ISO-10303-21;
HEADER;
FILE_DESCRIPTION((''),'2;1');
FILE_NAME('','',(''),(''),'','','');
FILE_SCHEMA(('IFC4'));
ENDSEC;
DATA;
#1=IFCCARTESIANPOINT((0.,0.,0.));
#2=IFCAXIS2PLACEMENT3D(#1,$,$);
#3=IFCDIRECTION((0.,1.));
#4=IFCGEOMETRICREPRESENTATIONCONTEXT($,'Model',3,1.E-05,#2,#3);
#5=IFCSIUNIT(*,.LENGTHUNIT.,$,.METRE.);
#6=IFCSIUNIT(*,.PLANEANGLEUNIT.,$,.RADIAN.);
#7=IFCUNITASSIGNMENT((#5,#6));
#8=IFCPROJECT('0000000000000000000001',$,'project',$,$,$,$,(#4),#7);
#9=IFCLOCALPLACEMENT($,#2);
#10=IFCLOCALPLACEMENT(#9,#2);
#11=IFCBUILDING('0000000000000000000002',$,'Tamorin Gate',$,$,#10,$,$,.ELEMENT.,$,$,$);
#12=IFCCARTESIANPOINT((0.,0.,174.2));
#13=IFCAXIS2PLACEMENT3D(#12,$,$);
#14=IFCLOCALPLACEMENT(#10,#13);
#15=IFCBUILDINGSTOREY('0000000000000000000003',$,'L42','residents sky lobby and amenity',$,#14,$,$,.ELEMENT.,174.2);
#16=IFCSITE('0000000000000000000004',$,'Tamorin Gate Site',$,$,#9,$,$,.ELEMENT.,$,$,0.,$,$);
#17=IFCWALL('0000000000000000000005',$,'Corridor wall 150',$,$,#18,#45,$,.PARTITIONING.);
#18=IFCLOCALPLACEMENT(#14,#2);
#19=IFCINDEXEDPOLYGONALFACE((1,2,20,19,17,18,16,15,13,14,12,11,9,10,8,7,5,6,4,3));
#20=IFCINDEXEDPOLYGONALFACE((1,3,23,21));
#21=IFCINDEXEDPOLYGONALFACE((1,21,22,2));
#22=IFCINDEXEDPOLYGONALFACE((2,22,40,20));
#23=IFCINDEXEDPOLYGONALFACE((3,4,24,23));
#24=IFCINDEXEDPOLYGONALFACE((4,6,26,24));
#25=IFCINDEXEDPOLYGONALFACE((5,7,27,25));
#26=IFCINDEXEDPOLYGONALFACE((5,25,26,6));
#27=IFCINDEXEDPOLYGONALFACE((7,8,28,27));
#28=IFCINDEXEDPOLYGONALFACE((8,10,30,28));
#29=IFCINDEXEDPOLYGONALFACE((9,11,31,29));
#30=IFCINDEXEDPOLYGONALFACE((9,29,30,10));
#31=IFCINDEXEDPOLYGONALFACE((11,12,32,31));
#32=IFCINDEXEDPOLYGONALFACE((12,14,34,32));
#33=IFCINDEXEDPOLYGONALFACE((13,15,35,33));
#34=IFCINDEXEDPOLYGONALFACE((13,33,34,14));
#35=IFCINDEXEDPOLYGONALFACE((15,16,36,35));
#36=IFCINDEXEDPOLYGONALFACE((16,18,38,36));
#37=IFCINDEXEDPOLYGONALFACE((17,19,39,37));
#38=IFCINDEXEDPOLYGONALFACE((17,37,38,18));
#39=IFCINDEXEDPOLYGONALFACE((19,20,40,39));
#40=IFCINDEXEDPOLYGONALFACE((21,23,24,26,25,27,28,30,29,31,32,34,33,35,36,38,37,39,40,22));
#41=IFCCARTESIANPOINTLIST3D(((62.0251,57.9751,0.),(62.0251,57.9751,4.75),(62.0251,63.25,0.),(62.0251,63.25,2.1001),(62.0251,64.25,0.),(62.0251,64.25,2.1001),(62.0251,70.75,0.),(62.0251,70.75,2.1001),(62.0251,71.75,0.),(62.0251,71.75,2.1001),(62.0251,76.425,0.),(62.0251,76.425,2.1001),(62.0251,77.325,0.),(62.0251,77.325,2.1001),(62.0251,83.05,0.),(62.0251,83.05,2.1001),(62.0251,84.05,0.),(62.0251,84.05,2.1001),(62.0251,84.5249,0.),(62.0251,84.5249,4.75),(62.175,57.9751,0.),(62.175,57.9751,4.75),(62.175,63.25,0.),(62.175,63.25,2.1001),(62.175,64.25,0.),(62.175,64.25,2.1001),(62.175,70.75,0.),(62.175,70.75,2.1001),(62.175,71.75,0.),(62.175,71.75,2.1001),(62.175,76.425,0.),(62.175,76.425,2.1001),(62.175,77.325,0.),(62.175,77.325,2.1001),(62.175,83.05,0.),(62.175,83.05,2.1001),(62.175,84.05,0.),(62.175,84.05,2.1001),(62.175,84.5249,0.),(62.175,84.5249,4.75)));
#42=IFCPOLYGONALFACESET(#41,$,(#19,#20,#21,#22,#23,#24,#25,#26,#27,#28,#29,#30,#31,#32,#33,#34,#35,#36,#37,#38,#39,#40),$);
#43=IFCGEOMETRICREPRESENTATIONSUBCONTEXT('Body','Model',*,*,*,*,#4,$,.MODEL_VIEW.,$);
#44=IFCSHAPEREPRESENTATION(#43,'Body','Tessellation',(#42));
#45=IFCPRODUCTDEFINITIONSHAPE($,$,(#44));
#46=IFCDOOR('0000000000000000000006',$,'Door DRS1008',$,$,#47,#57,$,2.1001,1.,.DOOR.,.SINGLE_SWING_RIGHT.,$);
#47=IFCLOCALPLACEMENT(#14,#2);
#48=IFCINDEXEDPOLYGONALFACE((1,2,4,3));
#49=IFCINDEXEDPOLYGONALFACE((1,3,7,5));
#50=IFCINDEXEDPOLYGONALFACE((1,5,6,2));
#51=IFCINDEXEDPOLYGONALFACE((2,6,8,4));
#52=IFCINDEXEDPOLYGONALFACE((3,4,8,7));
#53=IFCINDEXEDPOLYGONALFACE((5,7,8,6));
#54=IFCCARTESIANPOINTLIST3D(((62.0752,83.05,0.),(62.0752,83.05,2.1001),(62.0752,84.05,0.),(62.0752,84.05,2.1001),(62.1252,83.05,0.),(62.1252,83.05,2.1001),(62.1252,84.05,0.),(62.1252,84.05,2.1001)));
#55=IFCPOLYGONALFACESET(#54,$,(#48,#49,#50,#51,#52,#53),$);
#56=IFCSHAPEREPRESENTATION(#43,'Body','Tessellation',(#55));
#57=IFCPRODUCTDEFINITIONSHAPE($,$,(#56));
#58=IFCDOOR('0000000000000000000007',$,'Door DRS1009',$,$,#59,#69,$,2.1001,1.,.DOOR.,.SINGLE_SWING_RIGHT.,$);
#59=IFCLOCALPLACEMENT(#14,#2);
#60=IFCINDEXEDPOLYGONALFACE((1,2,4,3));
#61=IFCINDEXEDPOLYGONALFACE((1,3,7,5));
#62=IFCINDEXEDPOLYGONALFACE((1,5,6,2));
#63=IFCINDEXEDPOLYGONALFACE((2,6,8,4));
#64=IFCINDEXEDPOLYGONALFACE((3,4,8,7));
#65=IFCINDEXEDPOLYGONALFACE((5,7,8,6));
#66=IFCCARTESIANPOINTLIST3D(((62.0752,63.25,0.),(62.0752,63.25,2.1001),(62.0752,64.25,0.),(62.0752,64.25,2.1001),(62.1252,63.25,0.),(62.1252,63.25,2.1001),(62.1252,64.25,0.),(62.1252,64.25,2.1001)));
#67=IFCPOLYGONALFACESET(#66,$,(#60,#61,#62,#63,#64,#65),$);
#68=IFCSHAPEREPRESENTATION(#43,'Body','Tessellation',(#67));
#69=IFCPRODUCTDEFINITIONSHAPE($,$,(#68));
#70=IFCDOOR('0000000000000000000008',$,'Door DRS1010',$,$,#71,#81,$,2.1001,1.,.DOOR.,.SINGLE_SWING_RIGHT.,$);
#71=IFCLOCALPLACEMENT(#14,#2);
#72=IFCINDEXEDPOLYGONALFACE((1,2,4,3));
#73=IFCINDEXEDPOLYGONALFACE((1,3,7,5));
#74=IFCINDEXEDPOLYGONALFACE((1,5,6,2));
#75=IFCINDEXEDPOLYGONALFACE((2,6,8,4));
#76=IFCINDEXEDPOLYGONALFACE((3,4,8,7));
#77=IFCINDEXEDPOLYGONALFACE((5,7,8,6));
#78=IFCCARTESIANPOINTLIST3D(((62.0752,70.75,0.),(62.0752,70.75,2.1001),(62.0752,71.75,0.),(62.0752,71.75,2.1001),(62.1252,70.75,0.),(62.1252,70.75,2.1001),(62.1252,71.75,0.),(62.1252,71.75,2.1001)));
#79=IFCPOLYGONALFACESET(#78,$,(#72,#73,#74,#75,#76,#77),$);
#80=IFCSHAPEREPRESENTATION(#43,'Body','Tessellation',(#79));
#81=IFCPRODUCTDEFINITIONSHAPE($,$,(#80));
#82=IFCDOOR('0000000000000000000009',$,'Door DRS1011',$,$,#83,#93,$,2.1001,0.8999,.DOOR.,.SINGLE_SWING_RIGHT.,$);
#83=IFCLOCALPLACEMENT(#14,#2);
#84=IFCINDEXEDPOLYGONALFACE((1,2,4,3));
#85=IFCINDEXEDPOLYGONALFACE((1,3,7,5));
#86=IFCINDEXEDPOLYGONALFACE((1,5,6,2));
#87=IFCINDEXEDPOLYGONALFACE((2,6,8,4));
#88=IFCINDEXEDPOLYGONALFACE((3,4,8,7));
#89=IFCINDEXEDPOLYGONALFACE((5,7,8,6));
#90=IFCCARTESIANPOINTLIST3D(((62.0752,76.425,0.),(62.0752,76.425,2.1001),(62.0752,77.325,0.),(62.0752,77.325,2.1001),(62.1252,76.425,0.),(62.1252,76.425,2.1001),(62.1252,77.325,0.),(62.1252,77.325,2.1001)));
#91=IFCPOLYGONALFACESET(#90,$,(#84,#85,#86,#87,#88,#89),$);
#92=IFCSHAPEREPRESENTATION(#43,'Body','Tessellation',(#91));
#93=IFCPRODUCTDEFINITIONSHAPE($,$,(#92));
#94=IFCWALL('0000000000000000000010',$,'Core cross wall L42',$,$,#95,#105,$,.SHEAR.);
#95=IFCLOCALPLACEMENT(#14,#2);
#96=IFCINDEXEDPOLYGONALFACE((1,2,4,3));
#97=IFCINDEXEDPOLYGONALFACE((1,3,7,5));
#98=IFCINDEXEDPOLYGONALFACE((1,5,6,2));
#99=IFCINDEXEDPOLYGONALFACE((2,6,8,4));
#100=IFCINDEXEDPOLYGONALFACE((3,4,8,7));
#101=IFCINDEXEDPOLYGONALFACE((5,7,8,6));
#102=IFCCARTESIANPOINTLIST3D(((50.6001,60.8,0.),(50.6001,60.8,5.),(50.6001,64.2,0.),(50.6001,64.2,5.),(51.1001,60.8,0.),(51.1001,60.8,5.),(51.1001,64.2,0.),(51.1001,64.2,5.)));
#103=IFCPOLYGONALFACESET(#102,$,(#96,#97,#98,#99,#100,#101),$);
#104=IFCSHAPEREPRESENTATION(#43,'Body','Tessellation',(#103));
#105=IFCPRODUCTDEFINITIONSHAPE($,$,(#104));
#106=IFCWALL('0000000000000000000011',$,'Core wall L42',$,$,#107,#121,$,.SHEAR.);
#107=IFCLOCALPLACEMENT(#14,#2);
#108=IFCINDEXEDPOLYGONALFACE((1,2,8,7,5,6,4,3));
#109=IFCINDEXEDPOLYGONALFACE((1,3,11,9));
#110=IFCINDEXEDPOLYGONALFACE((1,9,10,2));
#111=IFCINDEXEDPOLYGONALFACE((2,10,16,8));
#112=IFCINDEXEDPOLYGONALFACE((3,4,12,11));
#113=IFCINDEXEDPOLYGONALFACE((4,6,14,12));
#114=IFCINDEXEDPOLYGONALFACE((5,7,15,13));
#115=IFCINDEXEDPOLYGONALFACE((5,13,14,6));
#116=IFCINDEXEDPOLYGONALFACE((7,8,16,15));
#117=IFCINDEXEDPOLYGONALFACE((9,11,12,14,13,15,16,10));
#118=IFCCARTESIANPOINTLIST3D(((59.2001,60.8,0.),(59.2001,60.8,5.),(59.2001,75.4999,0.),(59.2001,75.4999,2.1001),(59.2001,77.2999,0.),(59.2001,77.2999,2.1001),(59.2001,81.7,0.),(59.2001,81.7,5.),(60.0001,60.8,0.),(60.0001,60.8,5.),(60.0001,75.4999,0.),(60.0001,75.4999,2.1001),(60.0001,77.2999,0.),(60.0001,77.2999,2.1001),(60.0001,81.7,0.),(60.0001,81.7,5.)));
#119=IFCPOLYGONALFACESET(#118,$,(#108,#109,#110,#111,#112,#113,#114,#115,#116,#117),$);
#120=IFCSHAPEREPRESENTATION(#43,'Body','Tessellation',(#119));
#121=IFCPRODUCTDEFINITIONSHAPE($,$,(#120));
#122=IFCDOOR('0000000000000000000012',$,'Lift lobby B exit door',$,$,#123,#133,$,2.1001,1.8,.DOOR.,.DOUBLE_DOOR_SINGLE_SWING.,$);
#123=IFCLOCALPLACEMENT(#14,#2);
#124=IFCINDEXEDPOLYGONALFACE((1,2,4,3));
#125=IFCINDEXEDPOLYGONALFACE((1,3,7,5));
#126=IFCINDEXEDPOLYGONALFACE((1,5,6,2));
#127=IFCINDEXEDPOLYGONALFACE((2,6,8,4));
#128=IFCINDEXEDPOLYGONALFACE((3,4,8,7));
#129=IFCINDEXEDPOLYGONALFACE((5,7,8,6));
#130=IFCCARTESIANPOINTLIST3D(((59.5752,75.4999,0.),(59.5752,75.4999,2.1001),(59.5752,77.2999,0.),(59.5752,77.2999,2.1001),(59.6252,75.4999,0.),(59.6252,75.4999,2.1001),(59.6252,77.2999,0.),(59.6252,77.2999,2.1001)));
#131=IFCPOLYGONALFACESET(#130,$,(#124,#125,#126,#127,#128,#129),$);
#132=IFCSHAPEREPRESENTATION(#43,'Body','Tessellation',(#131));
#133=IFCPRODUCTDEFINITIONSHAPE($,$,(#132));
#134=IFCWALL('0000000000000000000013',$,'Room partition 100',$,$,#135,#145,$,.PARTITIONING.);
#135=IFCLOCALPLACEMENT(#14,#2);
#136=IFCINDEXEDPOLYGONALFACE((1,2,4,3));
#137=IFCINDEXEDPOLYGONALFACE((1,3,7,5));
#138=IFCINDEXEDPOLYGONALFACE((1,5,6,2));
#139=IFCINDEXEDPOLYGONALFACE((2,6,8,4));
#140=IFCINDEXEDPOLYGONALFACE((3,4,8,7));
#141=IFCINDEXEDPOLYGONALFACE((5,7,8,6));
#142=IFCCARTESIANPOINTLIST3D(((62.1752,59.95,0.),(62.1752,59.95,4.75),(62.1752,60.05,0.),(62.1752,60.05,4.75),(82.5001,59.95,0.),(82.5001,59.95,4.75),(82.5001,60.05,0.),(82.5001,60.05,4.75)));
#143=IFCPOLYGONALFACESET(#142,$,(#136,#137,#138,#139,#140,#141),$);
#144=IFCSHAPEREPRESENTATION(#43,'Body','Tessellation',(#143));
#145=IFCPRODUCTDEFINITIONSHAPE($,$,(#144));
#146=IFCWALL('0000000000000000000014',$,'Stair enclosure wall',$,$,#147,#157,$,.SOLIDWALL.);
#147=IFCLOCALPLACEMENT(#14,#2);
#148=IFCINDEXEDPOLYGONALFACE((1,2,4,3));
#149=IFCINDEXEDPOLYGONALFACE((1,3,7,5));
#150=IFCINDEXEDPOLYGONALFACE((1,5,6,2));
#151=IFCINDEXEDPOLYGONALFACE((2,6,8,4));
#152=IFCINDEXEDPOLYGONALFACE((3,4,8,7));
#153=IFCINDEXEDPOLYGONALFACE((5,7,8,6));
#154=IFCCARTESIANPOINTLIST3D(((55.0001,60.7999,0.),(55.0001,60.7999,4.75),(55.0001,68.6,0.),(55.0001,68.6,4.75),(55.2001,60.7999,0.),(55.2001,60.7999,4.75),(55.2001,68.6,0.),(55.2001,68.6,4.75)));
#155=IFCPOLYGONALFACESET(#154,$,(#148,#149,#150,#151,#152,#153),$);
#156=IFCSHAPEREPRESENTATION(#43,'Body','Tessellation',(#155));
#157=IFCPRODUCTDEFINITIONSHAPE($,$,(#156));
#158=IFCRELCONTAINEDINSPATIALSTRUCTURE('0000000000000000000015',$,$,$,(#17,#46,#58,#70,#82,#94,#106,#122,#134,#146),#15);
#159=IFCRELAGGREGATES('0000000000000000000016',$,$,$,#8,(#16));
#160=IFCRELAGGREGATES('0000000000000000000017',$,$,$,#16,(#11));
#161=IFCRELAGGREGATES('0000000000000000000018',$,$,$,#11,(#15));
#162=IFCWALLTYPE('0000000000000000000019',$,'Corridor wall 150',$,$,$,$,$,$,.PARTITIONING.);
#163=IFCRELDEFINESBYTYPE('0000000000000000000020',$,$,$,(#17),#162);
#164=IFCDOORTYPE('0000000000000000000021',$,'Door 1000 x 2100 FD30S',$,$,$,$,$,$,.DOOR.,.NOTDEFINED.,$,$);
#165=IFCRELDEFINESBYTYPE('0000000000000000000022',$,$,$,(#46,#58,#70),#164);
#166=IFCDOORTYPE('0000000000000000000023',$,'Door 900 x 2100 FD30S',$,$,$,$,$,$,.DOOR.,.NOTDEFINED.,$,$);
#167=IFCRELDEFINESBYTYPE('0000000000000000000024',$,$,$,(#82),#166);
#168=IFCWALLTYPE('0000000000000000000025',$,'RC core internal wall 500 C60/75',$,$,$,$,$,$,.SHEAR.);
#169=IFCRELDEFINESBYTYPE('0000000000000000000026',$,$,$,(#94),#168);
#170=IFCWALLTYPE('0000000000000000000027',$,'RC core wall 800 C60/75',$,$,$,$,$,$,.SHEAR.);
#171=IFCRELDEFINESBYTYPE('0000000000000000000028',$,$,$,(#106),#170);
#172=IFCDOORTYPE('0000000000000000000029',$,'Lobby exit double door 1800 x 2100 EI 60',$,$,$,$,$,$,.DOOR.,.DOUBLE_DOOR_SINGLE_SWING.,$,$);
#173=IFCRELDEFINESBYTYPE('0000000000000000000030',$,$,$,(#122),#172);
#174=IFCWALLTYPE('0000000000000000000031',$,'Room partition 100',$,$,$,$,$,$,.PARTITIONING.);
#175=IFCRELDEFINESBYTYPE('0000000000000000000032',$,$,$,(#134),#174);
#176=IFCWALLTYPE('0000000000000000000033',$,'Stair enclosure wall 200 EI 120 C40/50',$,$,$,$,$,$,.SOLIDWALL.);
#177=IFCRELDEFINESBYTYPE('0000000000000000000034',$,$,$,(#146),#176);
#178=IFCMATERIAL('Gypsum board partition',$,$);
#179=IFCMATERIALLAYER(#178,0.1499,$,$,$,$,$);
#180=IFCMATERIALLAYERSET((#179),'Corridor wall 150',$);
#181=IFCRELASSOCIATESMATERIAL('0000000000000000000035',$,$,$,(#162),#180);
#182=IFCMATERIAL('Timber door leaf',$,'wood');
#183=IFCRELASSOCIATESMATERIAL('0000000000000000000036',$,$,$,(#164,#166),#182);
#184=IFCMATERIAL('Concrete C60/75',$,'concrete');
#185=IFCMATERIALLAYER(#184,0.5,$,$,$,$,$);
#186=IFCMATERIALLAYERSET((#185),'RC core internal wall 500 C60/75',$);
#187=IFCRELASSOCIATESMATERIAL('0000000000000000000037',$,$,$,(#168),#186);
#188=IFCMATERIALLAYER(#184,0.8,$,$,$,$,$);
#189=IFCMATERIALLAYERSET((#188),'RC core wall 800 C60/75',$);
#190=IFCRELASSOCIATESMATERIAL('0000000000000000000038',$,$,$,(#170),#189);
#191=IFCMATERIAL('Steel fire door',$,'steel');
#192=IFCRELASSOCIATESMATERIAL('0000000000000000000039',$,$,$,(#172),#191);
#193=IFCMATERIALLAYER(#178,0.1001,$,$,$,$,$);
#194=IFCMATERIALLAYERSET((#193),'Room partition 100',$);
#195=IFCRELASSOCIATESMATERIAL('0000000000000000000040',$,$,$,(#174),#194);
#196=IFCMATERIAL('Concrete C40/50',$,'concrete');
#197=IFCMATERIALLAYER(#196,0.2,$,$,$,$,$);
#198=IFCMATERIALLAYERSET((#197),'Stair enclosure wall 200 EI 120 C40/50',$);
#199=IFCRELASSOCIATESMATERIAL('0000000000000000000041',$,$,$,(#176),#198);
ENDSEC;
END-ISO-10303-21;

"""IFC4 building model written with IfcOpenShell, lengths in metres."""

from ifc_helpers import new_model, si_unit, direction, frame, frame_2d, origin, place, context, subcontext, project, spatial, rectangle, extrude, material, layer, layer_set, type_object, element, fill, save


model = new_model("IFC4")

# Units and contexts
model_context = context("Model", 3, precision=1e-05, world=origin(), true_north=direction((0.0, 1.0)))
body_context = subcontext(model_context, "Body", "Model", "MODEL_VIEW")
ifc_project = project(units=[si_unit("LENGTHUNIT", "METRE"), si_unit("PLANEANGLEUNIT", "RADIAN")], contexts=[model_context])

# Site, building, storey
site_placement = place(None, origin())
site = spatial("IfcSite", under=ifc_project, at=site_placement, Name="Tamorin Gate Site", CompositionType="ELEMENT", RefElevation=0.0)
building_placement = place(site_placement, origin())
building = spatial("IfcBuilding", under=site, at=building_placement, Name="Tamorin Gate", CompositionType="ELEMENT")
storey_placement = place(building_placement, frame((0.0, 0.0, 174.2)))
storey = spatial("IfcBuildingStorey", under=building, at=storey_placement, Name="L42", Description="residents sky lobby and amenity", CompositionType="ELEMENT", Elevation=174.2)

# Shared definitions
ifc_material_1 = material(Name="Concrete C60/75", Category="concrete")

# Wall, openings, doors
ifc_material_2 = material(Name="Gypsum board partition")
ifc_layer_1 = layer(ifc_material_2, 0.1499)
ifc_layer_set_1 = layer_set([ifc_layer_1], Name="Corridor wall 150")
wall_type_1 = type_object("IfcWallType", Name="Corridor wall 150", PredefinedType="PARTITIONING", material=ifc_layer_set_1)
wall_1_placement = place(storey_placement, frame((62.1001, 57.9751, 0.0), z_axis=(0.0, 0.0, 1.0), x_axis=(0.0, 1.0, 0.0)))
wall_1 = element("IfcWall", 1, at=wall_1_placement, inside=storey, type_object=wall_type_1, Name="Corridor wall 150", PredefinedType="PARTITIONING", context=body_context, shape_type="SweptSolid", body=[
    extrude(rectangle(XDim=26.5498, YDim=0.1499, at=frame_2d((13.2749, 0.0))), origin(), (0.0, 0.0, 1.0), 4.75),
])
opening_1_placement = place(wall_1_placement, frame((25.075, 0.0, 0.0)))
opening_1 = element("IfcOpeningElement", 2, at=opening_1_placement, cuts=wall_1, PredefinedType="OPENING", context=body_context, shape_type="SweptSolid", body=[
    extrude(rectangle(XDim=1.0, YDim=2.1001, at=frame_2d((0.5, 1.05))), frame((0.0, 0.085, 0.0), z_axis=(0.0, -1.0, 0.0), x_axis=(1.0, 0.0, 0.0)), (0.0, 0.0, 1.0), 0.1699),
])
opening_2_placement = place(wall_1_placement, frame((5.2749, 0.0, 0.0)))
opening_2 = element("IfcOpeningElement", 3, at=opening_2_placement, cuts=wall_1, PredefinedType="OPENING", context=body_context, shape_type="SweptSolid", body=[
    extrude(rectangle(XDim=1.0, YDim=2.1001, at=frame_2d((0.5, 1.05))), frame((0.0, 0.085, 0.0), z_axis=(0.0, -1.0, 0.0), x_axis=(1.0, 0.0, 0.0)), (0.0, 0.0, 1.0), 0.1699),
])
opening_3_placement = place(wall_1_placement, frame((12.7749, 0.0, 0.0)))
opening_3 = element("IfcOpeningElement", 4, at=opening_3_placement, cuts=wall_1, PredefinedType="OPENING", context=body_context, shape_type="SweptSolid", body=[
    extrude(rectangle(XDim=1.0, YDim=2.1001, at=frame_2d((0.5, 1.05))), frame((0.0, 0.085, 0.0), z_axis=(0.0, -1.0, 0.0), x_axis=(1.0, 0.0, 0.0)), (0.0, 0.0, 1.0), 0.1699),
])
opening_4_placement = place(wall_1_placement, frame((18.45, 0.0, 0.0)))
opening_4 = element("IfcOpeningElement", 5, at=opening_4_placement, cuts=wall_1, PredefinedType="OPENING", context=body_context, shape_type="SweptSolid", body=[
    extrude(rectangle(XDim=0.8999, YDim=2.1001, at=frame_2d((0.45, 1.05))), frame((0.0, 0.085, 0.0), z_axis=(0.0, -1.0, 0.0), x_axis=(1.0, 0.0, 0.0)), (0.0, 0.0, 1.0), 0.1699),
])
ifc_material_3 = material(Name="Timber door leaf", Category="wood")
door_type_1 = type_object("IfcDoorType", Name="Door 1000 x 2100 FD30S", OperationType="NOTDEFINED", PredefinedType="DOOR", material=ifc_material_3)
door_1_placement = place(opening_1_placement, origin())
door_1 = element("IfcDoor", 6, at=door_1_placement, inside=storey, type_object=door_type_1, Name="Door DRS1008", OperationType="SINGLE_SWING_RIGHT", OverallHeight=2.1001, OverallWidth=1.0, PredefinedType="DOOR", context=body_context, shape_type="SweptSolid", body=[
    extrude(rectangle(XDim=1.0, YDim=2.1001, at=frame_2d((0.5, 1.05))), frame((0.0, 0.0249, 0.0), z_axis=(0.0, -1.0, 0.0), x_axis=(1.0, 0.0, 0.0)), (0.0, 0.0, 1.0), 0.05),
])
fill(opening_1, door_1)
door_2_placement = place(opening_2_placement, origin())
door_2 = element("IfcDoor", 7, at=door_2_placement, inside=storey, type_object=door_type_1, Name="Door DRS1009", OperationType="SINGLE_SWING_RIGHT", OverallHeight=2.1001, OverallWidth=1.0, PredefinedType="DOOR", context=body_context, shape_type="SweptSolid", body=[
    extrude(rectangle(XDim=1.0, YDim=2.1001, at=frame_2d((0.5, 1.05))), frame((0.0, 0.0249, 0.0), z_axis=(0.0, -1.0, 0.0), x_axis=(1.0, 0.0, 0.0)), (0.0, 0.0, 1.0), 0.05),
])
fill(opening_2, door_2)
door_3_placement = place(opening_3_placement, origin())
door_3 = element("IfcDoor", 8, at=door_3_placement, inside=storey, type_object=door_type_1, Name="Door DRS1010", OperationType="SINGLE_SWING_RIGHT", OverallHeight=2.1001, OverallWidth=1.0, PredefinedType="DOOR", context=body_context, shape_type="SweptSolid", body=[
    extrude(rectangle(XDim=1.0, YDim=2.1001, at=frame_2d((0.5, 1.05))), frame((0.0, 0.0249, 0.0), z_axis=(0.0, -1.0, 0.0), x_axis=(1.0, 0.0, 0.0)), (0.0, 0.0, 1.0), 0.05),
])
fill(opening_3, door_3)
door_type_2 = type_object("IfcDoorType", Name="Door 900 x 2100 FD30S", OperationType="NOTDEFINED", PredefinedType="DOOR", material=ifc_material_3)
door_4_placement = place(opening_4_placement, origin())
door_4 = element("IfcDoor", 9, at=door_4_placement, inside=storey, type_object=door_type_2, Name="Door DRS1011", OperationType="SINGLE_SWING_RIGHT", OverallHeight=2.1001, OverallWidth=0.8999, PredefinedType="DOOR", context=body_context, shape_type="SweptSolid", body=[
    extrude(rectangle(XDim=0.8999, YDim=2.1001, at=frame_2d((0.45, 1.05))), frame((0.0, 0.0249, 0.0), z_axis=(0.0, -1.0, 0.0), x_axis=(1.0, 0.0, 0.0)), (0.0, 0.0, 1.0), 0.05),
])
fill(opening_4, door_4)

# Wall
ifc_layer_2 = layer(ifc_material_1, 0.5)
ifc_layer_set_2 = layer_set([ifc_layer_2], Name="RC core internal wall 500 C60/75")
wall_type_2 = type_object("IfcWallType", Name="RC core internal wall 500 C60/75", PredefinedType="SHEAR", material=ifc_layer_set_2)
wall_2_placement = place(storey_placement, frame((50.8501, 60.8, 0.0), z_axis=(0.0, 0.0, 1.0), x_axis=(0.0, 1.0, 0.0)))
element("IfcWall", 10, at=wall_2_placement, inside=storey, type_object=wall_type_2, Name="Core cross wall L42", PredefinedType="SHEAR", context=body_context, shape_type="SweptSolid", body=[
    extrude(rectangle(XDim=3.3999, YDim=0.5, at=frame_2d((1.7, 0.0))), origin(), (0.0, 0.0, 1.0), 5.0),
])

# Wall, opening, door
ifc_layer_3 = layer(ifc_material_1, 0.8)
ifc_layer_set_3 = layer_set([ifc_layer_3], Name="RC core wall 800 C60/75")
wall_type_3 = type_object("IfcWallType", Name="RC core wall 800 C60/75", PredefinedType="SHEAR", material=ifc_layer_set_3)
wall_3_placement = place(storey_placement, frame((59.6001, 60.8, 0.0), z_axis=(0.0, 0.0, 1.0), x_axis=(0.0, 1.0, 0.0)))
wall_3 = element("IfcWall", 11, at=wall_3_placement, inside=storey, type_object=wall_type_3, Name="Core wall L42", PredefinedType="SHEAR", context=body_context, shape_type="SweptSolid", body=[
    extrude(rectangle(XDim=20.8999, YDim=0.8, at=frame_2d((10.45, 0.0))), origin(), (0.0, 0.0, 1.0), 5.0),
])
opening_5_placement = place(wall_3_placement, frame((14.7, 0.0, 0.0)))
opening_5 = element("IfcOpeningElement", 12, at=opening_5_placement, cuts=wall_3, PredefinedType="OPENING", context=body_context, shape_type="SweptSolid", body=[
    extrude(rectangle(XDim=1.8, YDim=2.1001, at=frame_2d((0.8999, 1.05))), frame((0.0, 0.4099, 0.0), z_axis=(0.0, -1.0, 0.0), x_axis=(1.0, 0.0, 0.0)), (0.0, 0.0, 1.0), 0.8201),
])
ifc_material_4 = material(Name="Steel fire door", Category="steel")
door_type_3 = type_object("IfcDoorType", Name="Lobby exit double door 1800 x 2100 EI 60", OperationType="DOUBLE_DOOR_SINGLE_SWING", PredefinedType="DOOR", material=ifc_material_4)
door_5_placement = place(opening_5_placement, origin())
door_5 = element("IfcDoor", 13, at=door_5_placement, inside=storey, type_object=door_type_3, Name="Lift lobby B exit door", OperationType="DOUBLE_DOOR_SINGLE_SWING", OverallHeight=2.1001, OverallWidth=1.8, PredefinedType="DOOR", context=body_context, shape_type="SweptSolid", body=[
    extrude(rectangle(XDim=1.8, YDim=2.1001, at=frame_2d((0.8999, 1.05))), frame((0.0, 0.0249, 0.0), z_axis=(0.0, -1.0, 0.0), x_axis=(1.0, 0.0, 0.0)), (0.0, 0.0, 1.0), 0.05),
])
fill(opening_5, door_5)

# Walls
ifc_layer_4 = layer(ifc_material_2, 0.1001)
ifc_layer_set_4 = layer_set([ifc_layer_4], Name="Room partition 100")
wall_type_4 = type_object("IfcWallType", Name="Room partition 100", PredefinedType="PARTITIONING", material=ifc_layer_set_4)
wall_4_placement = place(storey_placement, frame((62.175, 60.0, 0.0), z_axis=(0.0, 0.0, 1.0), x_axis=(1.0, 0.0, 0.0)))
element("IfcWall", 14, at=wall_4_placement, inside=storey, type_object=wall_type_4, Name="Room partition 100", PredefinedType="PARTITIONING", context=body_context, shape_type="SweptSolid", body=[
    extrude(rectangle(XDim=20.325, YDim=0.1001, at=frame_2d((10.1626, 0.0))), origin(), (0.0, 0.0, 1.0), 4.75),
])
ifc_material_5 = material(Name="Concrete C40/50", Category="concrete")
ifc_layer_5 = layer(ifc_material_5, 0.2)
ifc_layer_set_5 = layer_set([ifc_layer_5], Name="Stair enclosure wall 200 EI 120 C40/50")
wall_type_5 = type_object("IfcWallType", Name="Stair enclosure wall 200 EI 120 C40/50", PredefinedType="SOLIDWALL", material=ifc_layer_set_5)
wall_5_placement = place(storey_placement, frame((55.1001, 60.8, 0.0), z_axis=(0.0, 0.0, 1.0), x_axis=(0.0, 1.0, 0.0)))
element("IfcWall", 15, at=wall_5_placement, inside=storey, type_object=wall_type_5, Name="Stair enclosure wall", PredefinedType="SOLIDWALL", context=body_context, shape_type="SweptSolid", body=[
    extrude(rectangle(XDim=7.8, YDim=0.2, at=frame_2d((3.8999, 0.0))), origin(), (0.0, 0.0, 1.0), 4.75),
])

save(model, "model.ifc")
